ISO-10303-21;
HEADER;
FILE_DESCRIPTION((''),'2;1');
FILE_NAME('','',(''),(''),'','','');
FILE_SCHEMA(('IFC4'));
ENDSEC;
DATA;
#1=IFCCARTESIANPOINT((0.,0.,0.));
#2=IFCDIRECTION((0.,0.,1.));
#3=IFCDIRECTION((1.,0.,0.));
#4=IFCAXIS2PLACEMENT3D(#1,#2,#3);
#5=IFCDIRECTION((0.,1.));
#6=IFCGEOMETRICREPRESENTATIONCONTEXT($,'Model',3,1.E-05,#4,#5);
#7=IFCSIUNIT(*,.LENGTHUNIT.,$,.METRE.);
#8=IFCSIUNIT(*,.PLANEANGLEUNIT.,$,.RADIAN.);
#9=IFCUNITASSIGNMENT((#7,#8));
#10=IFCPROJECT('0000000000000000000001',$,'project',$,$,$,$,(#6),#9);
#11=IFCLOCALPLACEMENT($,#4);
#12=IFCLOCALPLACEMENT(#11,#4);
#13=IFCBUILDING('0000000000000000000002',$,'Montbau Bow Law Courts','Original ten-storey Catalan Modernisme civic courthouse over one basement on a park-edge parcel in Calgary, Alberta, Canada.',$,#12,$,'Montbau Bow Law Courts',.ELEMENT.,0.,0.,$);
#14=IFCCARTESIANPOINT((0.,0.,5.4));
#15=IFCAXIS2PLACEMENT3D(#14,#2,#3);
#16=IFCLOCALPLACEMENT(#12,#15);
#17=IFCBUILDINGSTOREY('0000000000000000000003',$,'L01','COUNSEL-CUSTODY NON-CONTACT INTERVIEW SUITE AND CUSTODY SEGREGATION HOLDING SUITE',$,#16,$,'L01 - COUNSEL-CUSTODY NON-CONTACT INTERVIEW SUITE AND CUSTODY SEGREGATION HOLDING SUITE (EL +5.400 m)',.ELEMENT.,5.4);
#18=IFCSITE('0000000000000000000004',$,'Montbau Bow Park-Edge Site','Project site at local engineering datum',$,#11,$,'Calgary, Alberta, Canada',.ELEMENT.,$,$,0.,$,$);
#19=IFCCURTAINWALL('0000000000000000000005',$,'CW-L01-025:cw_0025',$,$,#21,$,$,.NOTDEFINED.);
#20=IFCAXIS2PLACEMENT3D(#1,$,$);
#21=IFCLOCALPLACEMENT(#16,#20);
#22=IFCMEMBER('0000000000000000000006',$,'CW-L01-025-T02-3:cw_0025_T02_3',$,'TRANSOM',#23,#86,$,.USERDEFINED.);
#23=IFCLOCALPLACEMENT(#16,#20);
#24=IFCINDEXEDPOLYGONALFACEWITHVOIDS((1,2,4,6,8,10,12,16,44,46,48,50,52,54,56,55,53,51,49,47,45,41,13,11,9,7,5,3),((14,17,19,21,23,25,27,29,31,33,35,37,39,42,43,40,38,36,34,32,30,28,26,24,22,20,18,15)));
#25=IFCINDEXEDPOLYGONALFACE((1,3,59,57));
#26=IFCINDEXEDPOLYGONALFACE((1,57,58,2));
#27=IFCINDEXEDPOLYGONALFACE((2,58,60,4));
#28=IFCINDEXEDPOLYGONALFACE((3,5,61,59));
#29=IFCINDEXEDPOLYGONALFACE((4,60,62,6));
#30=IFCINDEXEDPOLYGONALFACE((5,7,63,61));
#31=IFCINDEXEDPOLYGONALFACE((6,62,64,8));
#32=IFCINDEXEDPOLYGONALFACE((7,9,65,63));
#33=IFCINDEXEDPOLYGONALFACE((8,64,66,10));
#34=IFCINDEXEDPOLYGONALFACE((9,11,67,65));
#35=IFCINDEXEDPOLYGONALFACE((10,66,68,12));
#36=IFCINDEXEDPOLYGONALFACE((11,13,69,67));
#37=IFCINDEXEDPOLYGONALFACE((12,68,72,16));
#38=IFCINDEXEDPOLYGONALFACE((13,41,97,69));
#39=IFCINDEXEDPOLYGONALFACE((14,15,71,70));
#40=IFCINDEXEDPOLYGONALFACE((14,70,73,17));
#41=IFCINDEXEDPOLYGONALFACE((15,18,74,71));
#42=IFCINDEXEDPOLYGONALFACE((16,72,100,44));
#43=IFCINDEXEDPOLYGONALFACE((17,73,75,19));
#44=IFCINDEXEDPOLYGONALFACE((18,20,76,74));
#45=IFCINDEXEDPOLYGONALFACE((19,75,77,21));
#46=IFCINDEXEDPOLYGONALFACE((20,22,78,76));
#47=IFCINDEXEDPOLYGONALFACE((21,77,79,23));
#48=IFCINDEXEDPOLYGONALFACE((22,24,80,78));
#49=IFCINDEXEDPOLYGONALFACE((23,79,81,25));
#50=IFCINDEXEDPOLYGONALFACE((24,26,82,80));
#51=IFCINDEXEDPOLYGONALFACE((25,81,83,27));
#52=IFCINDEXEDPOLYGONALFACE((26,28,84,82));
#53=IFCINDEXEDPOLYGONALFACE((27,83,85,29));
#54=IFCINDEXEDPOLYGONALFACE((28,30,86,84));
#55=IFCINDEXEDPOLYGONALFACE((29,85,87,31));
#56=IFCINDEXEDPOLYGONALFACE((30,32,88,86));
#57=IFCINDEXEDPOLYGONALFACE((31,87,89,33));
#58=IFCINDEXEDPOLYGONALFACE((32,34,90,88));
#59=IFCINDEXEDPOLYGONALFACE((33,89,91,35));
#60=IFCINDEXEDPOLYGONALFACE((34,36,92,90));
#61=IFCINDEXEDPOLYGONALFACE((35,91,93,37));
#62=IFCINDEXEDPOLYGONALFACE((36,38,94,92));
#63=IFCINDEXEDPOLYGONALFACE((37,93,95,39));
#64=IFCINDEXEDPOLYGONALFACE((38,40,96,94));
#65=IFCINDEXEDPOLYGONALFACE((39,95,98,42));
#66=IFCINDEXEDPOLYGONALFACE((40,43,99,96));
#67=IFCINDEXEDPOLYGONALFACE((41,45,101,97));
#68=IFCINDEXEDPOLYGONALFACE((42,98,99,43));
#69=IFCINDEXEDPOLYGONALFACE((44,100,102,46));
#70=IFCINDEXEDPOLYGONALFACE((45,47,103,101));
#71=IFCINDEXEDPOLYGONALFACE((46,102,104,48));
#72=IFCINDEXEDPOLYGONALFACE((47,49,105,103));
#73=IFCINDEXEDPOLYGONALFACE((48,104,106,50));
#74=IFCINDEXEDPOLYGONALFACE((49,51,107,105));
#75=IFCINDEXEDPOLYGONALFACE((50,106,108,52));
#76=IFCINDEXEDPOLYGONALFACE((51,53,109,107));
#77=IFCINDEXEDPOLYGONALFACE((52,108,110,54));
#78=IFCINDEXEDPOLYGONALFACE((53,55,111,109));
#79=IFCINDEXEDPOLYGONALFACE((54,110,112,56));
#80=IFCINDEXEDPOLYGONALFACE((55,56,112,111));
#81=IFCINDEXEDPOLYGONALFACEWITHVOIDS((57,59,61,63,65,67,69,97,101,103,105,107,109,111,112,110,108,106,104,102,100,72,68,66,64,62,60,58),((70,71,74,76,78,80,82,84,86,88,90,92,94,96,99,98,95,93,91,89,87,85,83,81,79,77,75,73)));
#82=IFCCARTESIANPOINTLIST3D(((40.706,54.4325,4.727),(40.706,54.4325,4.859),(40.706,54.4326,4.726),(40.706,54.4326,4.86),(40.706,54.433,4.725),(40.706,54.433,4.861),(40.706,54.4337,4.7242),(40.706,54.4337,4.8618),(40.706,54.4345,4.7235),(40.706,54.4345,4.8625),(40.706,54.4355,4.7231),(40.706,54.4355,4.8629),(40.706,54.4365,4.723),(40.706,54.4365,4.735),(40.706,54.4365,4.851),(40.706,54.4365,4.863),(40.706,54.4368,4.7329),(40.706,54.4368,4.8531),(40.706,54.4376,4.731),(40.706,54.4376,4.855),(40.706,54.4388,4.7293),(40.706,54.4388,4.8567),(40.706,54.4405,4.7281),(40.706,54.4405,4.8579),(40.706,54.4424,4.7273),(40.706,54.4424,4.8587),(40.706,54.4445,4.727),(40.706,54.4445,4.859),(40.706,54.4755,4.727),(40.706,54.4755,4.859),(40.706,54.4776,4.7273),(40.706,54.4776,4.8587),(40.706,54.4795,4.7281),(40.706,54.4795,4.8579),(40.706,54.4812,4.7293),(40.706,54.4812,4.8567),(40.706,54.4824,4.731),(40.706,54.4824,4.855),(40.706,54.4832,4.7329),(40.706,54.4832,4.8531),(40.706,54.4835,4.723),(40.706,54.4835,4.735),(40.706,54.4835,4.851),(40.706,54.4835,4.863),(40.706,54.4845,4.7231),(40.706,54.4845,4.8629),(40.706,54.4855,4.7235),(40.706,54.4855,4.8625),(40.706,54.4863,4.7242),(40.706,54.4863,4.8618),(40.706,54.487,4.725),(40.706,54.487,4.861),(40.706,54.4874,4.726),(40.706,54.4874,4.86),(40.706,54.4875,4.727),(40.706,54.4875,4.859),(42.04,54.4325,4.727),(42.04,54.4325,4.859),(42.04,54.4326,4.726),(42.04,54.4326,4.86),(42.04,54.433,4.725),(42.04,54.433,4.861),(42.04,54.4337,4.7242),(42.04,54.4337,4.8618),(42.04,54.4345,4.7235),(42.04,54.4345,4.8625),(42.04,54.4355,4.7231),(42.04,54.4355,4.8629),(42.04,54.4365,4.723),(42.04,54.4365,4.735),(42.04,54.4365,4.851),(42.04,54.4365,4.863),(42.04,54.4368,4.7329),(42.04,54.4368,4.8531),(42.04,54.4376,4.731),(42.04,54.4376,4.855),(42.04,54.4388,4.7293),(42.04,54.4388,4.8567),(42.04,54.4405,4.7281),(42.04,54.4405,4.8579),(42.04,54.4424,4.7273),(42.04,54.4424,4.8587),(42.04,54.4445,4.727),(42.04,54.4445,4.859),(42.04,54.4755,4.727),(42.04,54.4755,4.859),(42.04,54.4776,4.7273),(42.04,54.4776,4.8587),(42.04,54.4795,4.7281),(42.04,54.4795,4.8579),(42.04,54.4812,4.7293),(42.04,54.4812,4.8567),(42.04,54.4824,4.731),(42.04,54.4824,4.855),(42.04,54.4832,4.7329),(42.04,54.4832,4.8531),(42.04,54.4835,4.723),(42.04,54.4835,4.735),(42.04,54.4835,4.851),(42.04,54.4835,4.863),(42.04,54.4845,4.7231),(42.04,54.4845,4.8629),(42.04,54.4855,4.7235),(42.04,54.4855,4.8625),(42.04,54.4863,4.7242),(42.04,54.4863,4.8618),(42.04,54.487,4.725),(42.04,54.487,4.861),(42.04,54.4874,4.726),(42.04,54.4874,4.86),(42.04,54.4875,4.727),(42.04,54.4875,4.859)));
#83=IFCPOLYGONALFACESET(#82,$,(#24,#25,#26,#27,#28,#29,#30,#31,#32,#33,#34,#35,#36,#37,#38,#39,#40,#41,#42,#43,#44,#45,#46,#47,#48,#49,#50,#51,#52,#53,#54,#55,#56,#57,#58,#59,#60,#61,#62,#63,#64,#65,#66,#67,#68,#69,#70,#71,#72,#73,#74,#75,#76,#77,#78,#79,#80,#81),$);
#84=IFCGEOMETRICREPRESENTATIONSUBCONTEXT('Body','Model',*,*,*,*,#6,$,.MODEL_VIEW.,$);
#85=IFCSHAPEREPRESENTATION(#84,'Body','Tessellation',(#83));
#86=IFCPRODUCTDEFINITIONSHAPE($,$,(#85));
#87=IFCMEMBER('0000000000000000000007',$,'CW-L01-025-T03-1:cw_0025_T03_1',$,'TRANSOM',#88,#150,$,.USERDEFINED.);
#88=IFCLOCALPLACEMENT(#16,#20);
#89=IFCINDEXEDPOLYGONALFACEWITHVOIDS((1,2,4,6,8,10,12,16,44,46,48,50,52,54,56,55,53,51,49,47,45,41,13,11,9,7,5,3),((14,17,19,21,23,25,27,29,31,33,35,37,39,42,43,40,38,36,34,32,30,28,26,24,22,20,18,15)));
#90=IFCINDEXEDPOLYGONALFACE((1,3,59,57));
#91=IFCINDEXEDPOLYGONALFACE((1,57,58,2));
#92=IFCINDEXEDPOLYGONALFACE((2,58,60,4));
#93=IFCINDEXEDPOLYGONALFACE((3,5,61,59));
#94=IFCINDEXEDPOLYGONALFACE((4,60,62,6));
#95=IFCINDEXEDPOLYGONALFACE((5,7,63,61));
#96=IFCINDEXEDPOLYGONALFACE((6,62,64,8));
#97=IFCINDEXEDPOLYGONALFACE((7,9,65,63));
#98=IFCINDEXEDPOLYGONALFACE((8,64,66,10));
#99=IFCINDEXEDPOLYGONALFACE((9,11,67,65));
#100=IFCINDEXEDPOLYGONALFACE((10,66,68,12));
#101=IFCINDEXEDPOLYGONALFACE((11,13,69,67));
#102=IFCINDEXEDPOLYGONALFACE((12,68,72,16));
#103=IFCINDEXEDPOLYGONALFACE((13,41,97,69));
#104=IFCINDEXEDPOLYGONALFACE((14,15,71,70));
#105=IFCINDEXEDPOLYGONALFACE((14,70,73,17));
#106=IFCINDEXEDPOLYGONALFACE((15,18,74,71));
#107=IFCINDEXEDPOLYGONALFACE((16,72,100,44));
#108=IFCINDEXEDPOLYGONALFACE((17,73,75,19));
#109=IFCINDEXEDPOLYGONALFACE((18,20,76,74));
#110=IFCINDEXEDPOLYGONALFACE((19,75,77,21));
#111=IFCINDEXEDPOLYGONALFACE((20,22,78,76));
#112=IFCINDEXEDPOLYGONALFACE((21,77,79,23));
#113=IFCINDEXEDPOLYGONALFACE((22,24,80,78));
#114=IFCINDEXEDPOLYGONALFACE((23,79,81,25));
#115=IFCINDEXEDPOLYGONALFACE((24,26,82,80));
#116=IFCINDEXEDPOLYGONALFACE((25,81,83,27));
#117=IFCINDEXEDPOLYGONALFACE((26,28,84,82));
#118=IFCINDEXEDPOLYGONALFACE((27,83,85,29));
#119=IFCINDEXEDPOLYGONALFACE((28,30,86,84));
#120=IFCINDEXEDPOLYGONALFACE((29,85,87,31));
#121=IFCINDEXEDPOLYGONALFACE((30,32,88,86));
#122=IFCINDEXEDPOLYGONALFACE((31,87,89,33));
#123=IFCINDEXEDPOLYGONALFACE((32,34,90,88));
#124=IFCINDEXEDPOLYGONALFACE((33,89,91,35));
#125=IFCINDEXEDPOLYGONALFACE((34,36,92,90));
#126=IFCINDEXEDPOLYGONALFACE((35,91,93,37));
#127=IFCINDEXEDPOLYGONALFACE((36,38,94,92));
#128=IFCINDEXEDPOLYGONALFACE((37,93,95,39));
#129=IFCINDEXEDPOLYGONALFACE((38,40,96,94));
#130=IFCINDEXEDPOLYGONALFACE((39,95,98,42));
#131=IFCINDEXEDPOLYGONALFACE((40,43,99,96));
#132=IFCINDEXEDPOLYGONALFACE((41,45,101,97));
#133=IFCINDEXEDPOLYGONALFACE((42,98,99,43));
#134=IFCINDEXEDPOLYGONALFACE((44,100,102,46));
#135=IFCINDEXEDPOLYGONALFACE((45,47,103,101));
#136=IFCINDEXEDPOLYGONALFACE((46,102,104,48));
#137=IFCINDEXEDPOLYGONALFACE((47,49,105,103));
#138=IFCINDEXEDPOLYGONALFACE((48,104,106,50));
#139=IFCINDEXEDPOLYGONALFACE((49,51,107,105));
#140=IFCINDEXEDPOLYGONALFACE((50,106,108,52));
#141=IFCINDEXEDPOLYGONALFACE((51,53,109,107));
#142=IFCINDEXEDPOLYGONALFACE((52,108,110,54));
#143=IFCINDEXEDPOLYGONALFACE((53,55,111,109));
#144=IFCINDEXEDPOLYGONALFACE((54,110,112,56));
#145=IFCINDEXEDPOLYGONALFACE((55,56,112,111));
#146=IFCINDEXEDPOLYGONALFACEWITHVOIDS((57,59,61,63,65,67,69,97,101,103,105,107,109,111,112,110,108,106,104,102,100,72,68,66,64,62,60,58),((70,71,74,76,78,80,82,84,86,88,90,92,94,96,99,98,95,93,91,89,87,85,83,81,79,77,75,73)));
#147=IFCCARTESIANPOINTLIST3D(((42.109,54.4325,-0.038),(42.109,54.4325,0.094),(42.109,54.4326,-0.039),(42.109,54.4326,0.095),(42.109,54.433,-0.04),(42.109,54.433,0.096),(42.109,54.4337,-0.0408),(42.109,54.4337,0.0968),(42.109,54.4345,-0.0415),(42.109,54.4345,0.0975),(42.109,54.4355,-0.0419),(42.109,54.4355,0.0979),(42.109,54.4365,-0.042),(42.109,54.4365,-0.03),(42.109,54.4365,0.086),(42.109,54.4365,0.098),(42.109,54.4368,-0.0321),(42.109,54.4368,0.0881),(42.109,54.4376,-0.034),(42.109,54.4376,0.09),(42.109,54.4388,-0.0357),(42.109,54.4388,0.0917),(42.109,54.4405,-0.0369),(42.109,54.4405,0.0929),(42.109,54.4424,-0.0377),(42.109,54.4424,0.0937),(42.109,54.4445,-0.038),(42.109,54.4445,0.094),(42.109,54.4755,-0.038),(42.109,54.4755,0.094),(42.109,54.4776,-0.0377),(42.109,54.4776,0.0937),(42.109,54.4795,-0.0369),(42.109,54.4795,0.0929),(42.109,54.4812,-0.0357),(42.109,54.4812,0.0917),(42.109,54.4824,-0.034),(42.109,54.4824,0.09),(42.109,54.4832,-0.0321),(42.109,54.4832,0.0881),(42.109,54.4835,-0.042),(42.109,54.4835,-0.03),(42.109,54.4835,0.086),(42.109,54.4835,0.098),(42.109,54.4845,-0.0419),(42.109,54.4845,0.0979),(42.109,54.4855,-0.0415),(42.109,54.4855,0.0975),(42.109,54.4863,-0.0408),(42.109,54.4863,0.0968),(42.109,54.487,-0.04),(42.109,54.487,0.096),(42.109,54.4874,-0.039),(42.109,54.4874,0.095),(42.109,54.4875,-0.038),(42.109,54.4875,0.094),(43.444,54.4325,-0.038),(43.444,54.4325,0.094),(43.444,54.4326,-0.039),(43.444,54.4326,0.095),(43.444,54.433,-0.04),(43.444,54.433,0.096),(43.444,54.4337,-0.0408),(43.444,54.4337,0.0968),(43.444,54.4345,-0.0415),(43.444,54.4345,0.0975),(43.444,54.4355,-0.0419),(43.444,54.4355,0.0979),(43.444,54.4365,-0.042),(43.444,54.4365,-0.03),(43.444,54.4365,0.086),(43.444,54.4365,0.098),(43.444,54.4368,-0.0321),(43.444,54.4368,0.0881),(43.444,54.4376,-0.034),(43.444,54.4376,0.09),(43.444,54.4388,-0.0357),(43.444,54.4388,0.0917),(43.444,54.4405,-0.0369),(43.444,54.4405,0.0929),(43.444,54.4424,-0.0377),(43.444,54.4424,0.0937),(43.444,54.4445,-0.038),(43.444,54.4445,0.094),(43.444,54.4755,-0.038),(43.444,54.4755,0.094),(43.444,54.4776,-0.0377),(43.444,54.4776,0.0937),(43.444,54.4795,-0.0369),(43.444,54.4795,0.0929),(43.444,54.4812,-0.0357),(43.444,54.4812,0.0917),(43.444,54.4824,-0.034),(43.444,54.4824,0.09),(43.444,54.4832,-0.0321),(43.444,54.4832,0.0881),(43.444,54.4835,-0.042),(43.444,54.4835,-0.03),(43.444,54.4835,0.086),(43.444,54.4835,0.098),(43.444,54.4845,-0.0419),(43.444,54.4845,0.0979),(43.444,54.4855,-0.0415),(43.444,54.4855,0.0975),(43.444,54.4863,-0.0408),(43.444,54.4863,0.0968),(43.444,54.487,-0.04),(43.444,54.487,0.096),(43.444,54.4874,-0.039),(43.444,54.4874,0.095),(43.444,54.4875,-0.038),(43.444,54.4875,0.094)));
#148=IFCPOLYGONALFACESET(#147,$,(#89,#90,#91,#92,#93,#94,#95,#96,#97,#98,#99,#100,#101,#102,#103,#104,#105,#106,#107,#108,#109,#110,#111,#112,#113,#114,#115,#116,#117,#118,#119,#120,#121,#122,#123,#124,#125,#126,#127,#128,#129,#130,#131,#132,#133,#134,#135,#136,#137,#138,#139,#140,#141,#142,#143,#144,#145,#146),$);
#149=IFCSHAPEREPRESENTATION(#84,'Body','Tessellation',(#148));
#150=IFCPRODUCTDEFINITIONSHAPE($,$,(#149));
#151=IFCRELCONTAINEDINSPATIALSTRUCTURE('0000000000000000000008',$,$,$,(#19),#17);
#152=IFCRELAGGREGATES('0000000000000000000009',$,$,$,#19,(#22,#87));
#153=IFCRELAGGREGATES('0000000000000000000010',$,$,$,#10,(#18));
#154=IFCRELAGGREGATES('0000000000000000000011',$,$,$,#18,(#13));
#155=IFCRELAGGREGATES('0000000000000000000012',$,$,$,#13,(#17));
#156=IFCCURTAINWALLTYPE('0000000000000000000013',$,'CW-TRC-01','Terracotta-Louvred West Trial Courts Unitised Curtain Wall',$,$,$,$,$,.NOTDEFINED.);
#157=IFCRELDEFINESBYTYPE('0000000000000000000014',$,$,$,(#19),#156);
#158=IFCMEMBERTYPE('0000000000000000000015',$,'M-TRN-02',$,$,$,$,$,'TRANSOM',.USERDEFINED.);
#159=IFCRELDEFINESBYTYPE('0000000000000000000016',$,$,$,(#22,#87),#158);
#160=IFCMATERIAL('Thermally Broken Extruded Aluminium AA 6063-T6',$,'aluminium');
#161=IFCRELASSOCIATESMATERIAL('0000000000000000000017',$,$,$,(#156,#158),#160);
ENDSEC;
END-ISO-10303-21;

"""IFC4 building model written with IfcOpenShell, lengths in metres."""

from ifc_helpers import new_model, si_unit, direction, frame, origin_with_axes, origin_2d_with_axis, place, context, subcontext, project, spatial, hollow_rectangle, extrude, material, material_profile, profile_set, type_object, element, aggregate, save


model = new_model("IFC4")

# Units and contexts
model_context = context("Model", 3, precision=1e-05, world=origin_with_axes(), true_north=direction((0.0, 1.0)))
body_context = subcontext(model_context, "Body", "Model", "MODEL_VIEW")
ifc_project = project(units=[si_unit("LENGTHUNIT", "METRE"), si_unit("PLANEANGLEUNIT", "RADIAN")], contexts=[model_context])

# Site, building, storey
site_placement = place(None, origin_with_axes())
site = spatial("IfcSite", under=ifc_project, at=site_placement, Name="Montbau Bow Park-Edge Site", Description="Project site at local engineering datum", LongName="Calgary, Alberta, Canada", CompositionType="ELEMENT", RefElevation=0.0)
building_placement = place(site_placement, origin_with_axes())
building = spatial("IfcBuilding", under=site, at=building_placement, Name="Montbau Bow Law Courts", Description="Original ten-storey Catalan Modernisme civic courthouse over one basement on a park-edge parcel in Calgary, Alberta, Canada.", LongName="Montbau Bow Law Courts", CompositionType="ELEMENT", ElevationOfRefHeight=0.0, ElevationOfTerrain=0.0)
storey_placement = place(building_placement, frame((0.0, 0.0, 5.4), z_axis=(0.0, 0.0, 1.0), x_axis=(1.0, 0.0, 0.0)))
storey = spatial("IfcBuildingStorey", under=building, at=storey_placement, Name="L01", Description="COUNSEL-CUSTODY NON-CONTACT INTERVIEW SUITE AND CUSTODY SEGREGATION HOLDING SUITE", LongName="L01 - COUNSEL-CUSTODY NON-CONTACT INTERVIEW SUITE AND CUSTODY SEGREGATION HOLDING SUITE (EL +5.400 m)", CompositionType="ELEMENT", Elevation=5.4)

# Curtain wall
ifc_material_1 = material(Name="Thermally Broken Extruded Aluminium AA 6063-T6", Category="aluminium")
curtain_wall_type = type_object("IfcCurtainWallType", Name="CW-TRC-01", Description="Terracotta-Louvred West Trial Courts Unitised Curtain Wall", PredefinedType="NOTDEFINED", material=ifc_material_1)
curtain_wall_1_placement = place(None, frame((39.268, 54.46, 5.4), z_axis=(0.0, 0.0, 1.0), x_axis=(1.0, 0.0, 0.0)))
curtain_wall_1 = element("IfcCurtainWall", 1, at=curtain_wall_1_placement, inside=storey, type_object=curtain_wall_type, Name="CW-L01-025:cw_0025", PredefinedType="NOTDEFINED")

# Members
ifc_material_profile_1 = material_profile(ifc_material_1, hollow_rectangle(XDim=0.055, YDim=0.14, WallThickness=0.004, InnerFilletRadius=0.008, OuterFilletRadius=0.004, at=origin_2d_with_axis()), Name="CWT-140X55", Category="Main", Priority=0)
ifc_profile_set_1 = profile_set([ifc_material_profile_1], Name="Thermally Broken Extruded Aluminium AA 6063-T6")
member_type_1 = type_object("IfcMemberType", Name="M-TRN-02", ElementType="TRANSOM", PredefinedType="USERDEFINED", material=ifc_profile_set_1)
member_1_placement = place(None, frame((40.706, 54.46, 10.193), z_axis=(1.0, 0.0, 0.0), x_axis=(0.0, 1.0, 0.0)))
member_1 = element("IfcMember", 2, at=member_1_placement, type_object=member_type_1, Name="CW-L01-025-T02-3:cw_0025_T02_3", ObjectType="TRANSOM", PredefinedType="USERDEFINED", context=body_context, shape_type="SweptSolid", body=[
    extrude(hollow_rectangle(XDim=0.055, YDim=0.14, WallThickness=0.004, InnerFilletRadius=0.008, OuterFilletRadius=0.004, at=origin_2d_with_axis()), origin_with_axes(), (0.0, 0.0, 1.0), 1.334),
])
member_2_placement = place(None, frame((42.109, 54.46, 5.428), z_axis=(1.0, 0.0, 0.0), x_axis=(0.0, 1.0, 0.0)))
member_2 = element("IfcMember", 3, at=member_2_placement, type_object=member_type_1, Name="CW-L01-025-T03-1:cw_0025_T03_1", ObjectType="TRANSOM", PredefinedType="USERDEFINED", context=body_context, shape_type="SweptSolid", body=[
    extrude(hollow_rectangle(XDim=0.055, YDim=0.14, WallThickness=0.004, InnerFilletRadius=0.008, OuterFilletRadius=0.004, at=origin_2d_with_axis()), origin_with_axes(), (0.0, 0.0, 1.0), 1.335),
])

aggregate(curtain_wall_1, [member_1, member_2])

save(model, "model.ifc")
